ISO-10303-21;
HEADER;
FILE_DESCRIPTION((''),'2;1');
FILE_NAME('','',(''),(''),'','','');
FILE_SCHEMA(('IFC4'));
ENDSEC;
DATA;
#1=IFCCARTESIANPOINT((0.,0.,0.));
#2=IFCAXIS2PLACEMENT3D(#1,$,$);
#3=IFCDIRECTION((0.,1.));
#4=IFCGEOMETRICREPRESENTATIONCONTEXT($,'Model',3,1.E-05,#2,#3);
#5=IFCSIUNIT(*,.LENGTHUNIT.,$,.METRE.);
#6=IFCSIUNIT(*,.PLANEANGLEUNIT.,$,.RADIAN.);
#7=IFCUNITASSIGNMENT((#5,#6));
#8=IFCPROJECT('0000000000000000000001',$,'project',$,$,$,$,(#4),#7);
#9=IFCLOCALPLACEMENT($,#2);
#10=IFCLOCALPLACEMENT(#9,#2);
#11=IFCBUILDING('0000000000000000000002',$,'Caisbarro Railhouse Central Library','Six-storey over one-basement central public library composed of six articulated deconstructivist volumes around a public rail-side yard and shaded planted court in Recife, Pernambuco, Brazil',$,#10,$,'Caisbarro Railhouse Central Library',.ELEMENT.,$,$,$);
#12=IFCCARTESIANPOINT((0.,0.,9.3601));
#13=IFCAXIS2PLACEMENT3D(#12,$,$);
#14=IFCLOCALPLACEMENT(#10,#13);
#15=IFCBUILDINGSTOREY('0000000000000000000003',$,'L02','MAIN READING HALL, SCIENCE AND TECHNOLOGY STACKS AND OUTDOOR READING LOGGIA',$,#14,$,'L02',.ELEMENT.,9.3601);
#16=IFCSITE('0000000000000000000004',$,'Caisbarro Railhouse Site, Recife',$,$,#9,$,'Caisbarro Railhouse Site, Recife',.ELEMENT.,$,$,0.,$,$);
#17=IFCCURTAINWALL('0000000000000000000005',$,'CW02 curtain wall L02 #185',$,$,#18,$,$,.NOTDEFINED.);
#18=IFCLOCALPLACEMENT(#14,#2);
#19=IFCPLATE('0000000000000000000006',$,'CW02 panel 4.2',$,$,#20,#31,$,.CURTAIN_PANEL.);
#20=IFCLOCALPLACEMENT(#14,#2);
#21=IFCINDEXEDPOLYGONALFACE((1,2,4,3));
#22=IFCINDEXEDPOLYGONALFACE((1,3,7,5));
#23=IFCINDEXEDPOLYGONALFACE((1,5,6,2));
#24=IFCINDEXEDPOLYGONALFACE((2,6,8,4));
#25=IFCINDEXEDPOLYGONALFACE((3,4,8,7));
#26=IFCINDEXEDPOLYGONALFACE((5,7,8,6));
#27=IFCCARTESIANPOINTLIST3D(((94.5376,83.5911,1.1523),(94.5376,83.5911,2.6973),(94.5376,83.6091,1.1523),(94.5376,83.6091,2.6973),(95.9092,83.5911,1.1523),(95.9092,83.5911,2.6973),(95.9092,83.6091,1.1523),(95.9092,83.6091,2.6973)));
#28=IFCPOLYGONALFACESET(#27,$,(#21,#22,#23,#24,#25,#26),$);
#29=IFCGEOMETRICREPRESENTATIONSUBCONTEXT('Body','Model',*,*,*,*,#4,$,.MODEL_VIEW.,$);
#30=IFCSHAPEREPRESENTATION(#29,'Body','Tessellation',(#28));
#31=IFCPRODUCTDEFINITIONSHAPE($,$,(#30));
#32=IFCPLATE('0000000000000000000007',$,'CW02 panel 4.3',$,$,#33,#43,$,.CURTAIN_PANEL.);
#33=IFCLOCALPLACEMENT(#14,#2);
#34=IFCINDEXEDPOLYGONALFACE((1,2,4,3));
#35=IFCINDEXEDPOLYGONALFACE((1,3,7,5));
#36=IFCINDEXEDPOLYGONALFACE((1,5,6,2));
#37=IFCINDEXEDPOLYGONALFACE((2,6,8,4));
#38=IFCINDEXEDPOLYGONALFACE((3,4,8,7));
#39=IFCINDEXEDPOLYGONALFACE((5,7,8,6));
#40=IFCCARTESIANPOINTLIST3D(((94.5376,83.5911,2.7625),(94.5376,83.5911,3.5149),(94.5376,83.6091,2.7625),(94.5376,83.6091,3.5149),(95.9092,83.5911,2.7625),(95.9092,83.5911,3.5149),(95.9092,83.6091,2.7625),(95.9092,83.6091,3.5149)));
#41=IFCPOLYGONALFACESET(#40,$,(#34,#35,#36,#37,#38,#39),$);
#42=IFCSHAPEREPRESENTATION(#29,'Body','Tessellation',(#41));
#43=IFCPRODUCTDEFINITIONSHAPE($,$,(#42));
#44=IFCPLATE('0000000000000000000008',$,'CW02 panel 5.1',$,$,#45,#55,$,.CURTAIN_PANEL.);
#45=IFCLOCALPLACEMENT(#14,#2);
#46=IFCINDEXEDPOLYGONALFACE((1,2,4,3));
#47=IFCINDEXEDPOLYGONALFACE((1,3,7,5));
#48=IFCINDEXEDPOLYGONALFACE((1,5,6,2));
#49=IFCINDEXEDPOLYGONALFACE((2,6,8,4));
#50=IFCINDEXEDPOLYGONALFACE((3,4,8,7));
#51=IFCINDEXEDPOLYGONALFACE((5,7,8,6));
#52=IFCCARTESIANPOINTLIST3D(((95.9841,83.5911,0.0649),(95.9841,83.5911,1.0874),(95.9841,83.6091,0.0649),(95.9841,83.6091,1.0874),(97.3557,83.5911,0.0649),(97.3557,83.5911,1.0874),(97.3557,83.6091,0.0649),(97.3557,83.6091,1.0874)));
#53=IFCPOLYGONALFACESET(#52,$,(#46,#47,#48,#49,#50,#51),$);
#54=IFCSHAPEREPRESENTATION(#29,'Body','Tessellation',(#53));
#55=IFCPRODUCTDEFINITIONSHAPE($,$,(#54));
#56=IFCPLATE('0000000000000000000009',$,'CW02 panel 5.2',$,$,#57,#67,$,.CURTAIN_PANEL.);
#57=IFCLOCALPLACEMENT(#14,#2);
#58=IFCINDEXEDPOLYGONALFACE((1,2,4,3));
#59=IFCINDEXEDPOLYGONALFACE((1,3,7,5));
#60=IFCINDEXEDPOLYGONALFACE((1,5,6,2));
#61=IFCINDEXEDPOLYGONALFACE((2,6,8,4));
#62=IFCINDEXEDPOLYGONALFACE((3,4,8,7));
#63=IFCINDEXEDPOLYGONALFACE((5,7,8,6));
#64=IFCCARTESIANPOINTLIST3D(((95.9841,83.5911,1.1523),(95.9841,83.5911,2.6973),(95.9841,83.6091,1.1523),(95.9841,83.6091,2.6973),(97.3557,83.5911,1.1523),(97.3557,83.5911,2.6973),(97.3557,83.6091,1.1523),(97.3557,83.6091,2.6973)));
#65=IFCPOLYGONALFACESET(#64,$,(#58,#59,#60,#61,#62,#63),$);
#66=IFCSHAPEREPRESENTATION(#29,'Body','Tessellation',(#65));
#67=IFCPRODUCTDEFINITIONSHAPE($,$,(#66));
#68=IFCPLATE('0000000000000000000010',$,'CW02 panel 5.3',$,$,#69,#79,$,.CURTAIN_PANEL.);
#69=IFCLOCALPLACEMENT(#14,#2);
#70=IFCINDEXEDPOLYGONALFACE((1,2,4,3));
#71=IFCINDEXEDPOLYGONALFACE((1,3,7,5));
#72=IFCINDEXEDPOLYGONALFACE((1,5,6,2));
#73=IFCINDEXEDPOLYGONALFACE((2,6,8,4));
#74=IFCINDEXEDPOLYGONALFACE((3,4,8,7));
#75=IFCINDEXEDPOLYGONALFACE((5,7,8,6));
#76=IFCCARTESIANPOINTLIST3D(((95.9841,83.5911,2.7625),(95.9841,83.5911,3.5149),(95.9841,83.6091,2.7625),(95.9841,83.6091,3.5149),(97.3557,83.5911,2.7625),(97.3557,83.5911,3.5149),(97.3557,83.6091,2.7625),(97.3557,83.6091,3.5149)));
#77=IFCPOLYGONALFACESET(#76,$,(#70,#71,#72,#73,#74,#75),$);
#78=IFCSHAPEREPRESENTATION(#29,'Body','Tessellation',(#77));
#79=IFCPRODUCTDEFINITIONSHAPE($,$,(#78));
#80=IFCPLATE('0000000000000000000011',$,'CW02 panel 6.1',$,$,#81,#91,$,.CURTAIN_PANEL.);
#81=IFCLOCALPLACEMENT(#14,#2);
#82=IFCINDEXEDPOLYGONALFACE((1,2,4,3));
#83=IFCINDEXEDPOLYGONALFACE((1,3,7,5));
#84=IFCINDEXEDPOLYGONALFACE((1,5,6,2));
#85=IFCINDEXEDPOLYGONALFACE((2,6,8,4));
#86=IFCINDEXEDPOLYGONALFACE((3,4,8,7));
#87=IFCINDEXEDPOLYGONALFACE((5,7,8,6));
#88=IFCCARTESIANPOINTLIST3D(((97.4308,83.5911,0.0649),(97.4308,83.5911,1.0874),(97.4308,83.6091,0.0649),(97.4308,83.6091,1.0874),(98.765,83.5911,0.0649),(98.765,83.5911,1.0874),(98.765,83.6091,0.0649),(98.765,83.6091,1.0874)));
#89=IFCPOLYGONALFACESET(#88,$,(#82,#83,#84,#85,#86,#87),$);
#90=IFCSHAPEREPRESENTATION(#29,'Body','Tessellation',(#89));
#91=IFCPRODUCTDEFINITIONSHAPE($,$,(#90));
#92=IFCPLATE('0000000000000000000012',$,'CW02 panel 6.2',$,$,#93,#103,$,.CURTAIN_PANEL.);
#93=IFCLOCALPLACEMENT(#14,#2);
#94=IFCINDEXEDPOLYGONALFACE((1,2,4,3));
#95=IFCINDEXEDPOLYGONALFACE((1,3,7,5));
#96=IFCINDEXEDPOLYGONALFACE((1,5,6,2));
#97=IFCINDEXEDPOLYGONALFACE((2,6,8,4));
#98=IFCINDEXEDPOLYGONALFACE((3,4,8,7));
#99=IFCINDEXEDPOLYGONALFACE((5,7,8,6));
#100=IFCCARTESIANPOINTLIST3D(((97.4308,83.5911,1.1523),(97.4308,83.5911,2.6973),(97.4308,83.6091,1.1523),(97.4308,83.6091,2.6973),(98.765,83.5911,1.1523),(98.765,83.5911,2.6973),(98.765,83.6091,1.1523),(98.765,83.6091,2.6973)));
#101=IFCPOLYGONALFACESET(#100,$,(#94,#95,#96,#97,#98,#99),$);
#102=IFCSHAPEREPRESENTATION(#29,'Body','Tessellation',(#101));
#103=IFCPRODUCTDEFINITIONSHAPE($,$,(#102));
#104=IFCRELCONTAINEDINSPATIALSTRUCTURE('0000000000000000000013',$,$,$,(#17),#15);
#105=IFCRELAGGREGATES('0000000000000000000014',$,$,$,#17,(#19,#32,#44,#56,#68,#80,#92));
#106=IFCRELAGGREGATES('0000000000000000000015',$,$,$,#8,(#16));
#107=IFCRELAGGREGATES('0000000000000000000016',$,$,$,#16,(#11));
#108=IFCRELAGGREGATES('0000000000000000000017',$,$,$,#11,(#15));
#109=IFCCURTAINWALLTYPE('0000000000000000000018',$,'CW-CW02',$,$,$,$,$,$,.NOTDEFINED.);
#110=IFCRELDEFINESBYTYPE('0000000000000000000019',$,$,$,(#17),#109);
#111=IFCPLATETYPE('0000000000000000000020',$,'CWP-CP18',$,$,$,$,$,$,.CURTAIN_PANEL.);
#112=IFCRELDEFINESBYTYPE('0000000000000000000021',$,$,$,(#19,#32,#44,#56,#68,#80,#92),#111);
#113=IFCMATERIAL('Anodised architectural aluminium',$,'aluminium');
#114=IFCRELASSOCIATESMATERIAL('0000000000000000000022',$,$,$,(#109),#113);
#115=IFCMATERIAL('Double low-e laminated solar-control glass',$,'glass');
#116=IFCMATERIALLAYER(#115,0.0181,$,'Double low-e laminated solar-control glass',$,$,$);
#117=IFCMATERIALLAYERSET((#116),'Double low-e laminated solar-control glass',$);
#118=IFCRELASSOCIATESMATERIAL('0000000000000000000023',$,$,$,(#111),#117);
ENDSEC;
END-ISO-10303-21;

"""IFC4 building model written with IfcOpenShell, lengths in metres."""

from ifc_helpers import new_model, si_unit, direction, frame, origin, origin_2d, place, context, subcontext, project, spatial, rectangle, extrude, material, layer, layer_set, type_object, element, aggregate, save


model = new_model("IFC4")

# Units and contexts
model_context = context("Model", 3, precision=1e-05, world=origin(), true_north=direction((0.0, 1.0)))
body_context = subcontext(model_context, "Body", "Model", "MODEL_VIEW")
ifc_project = project(units=[si_unit("LENGTHUNIT", "METRE"), si_unit("PLANEANGLEUNIT", "RADIAN")], contexts=[model_context])

# Site, building, storey
site_placement = place(None, origin())
site = spatial("IfcSite", under=ifc_project, at=site_placement, Name="Caisbarro Railhouse Site, Recife", LongName="Caisbarro Railhouse Site, Recife", CompositionType="ELEMENT", RefElevation=0.0)
building_placement = place(site_placement, origin())
building = spatial("IfcBuilding", under=site, at=building_placement, Name="Caisbarro Railhouse Central Library", Description="Six-storey over one-basement central public library composed of six articulated deconstructivist volumes around a public rail-side yard and shaded planted court in Recife, Pernambuco, Brazil", LongName="Caisbarro Railhouse Central Library", CompositionType="ELEMENT")
storey_placement = place(building_placement, frame((0.0, 0.0, 9.3601)))
storey = spatial("IfcBuildingStorey", under=building, at=storey_placement, Name="L02", Description="MAIN READING HALL, SCIENCE AND TECHNOLOGY STACKS AND OUTDOOR READING LOGGIA", LongName="L02", CompositionType="ELEMENT", Elevation=9.3601)

# Curtain wall, plates
ifc_material_1 = material(Name="Anodised architectural aluminium", Category="aluminium")
curtain_wall_type = type_object("IfcCurtainWallType", Name="CW-CW02", PredefinedType="NOTDEFINED", material=ifc_material_1)
curtain_wall_placement = place(storey_placement, origin())
curtain_wall = element("IfcCurtainWall", 1, at=curtain_wall_placement, inside=storey, type_object=curtain_wall_type, Name="CW02 curtain wall L02 #185", PredefinedType="NOTDEFINED")
ifc_material_2 = material(Name="Double low-e laminated solar-control glass", Category="glass")
ifc_layer = layer(ifc_material_2, 0.0181, Name="Double low-e laminated solar-control glass")
ifc_layer_set = layer_set([ifc_layer], Name="Double low-e laminated solar-control glass")
plate_type = type_object("IfcPlateType", Name="CWP-CP18", PredefinedType="CURTAIN_PANEL", material=ifc_layer_set)
plate_1_placement = place(storey_placement, frame((95.2234, 83.6001, 1.1523), z_axis=(0.0, 0.0, 1.0), x_axis=(1.0, 0.0, 0.0)))
plate_1 = element("IfcPlate", 2, at=plate_1_placement, type_object=plate_type, Name="CW02 panel 4.2", PredefinedType="CURTAIN_PANEL", context=body_context, shape_type="SweptSolid", body=[
    extrude(rectangle(XDim=1.3716, YDim=0.0181, at=origin_2d()), origin(), (0.0, 0.0, 1.0), 1.5449),
])
plate_2_placement = place(storey_placement, frame((95.2234, 83.6001, 2.7625), z_axis=(0.0, 0.0, 1.0), x_axis=(1.0, 0.0, 0.0)))
plate_2 = element("IfcPlate", 3, at=plate_2_placement, type_object=plate_type, Name="CW02 panel 4.3", PredefinedType="CURTAIN_PANEL", context=body_context, shape_type="SweptSolid", body=[
    extrude(rectangle(XDim=1.3716, YDim=0.0181, at=origin_2d()), origin(), (0.0, 0.0, 1.0), 0.7524),
])
plate_3_placement = place(storey_placement, frame((96.6699, 83.6001, 0.0649), z_axis=(0.0, 0.0, 1.0), x_axis=(1.0, 0.0, 0.0)))
plate_3 = element("IfcPlate", 4, at=plate_3_placement, type_object=plate_type, Name="CW02 panel 5.1", PredefinedType="CURTAIN_PANEL", context=body_context, shape_type="SweptSolid", body=[
    extrude(rectangle(XDim=1.3716, YDim=0.0181, at=origin_2d()), origin(), (0.0, 0.0, 1.0), 1.0225),
])
plate_4_placement = place(storey_placement, frame((96.6699, 83.6001, 1.1523), z_axis=(0.0, 0.0, 1.0), x_axis=(1.0, 0.0, 0.0)))
plate_4 = element("IfcPlate", 5, at=plate_4_placement, type_object=plate_type, Name="CW02 panel 5.2", PredefinedType="CURTAIN_PANEL", context=body_context, shape_type="SweptSolid", body=[
    extrude(rectangle(XDim=1.3716, YDim=0.0181, at=origin_2d()), origin(), (0.0, 0.0, 1.0), 1.5449),
])
plate_5_placement = place(storey_placement, frame((96.6699, 83.6001, 2.7625), z_axis=(0.0, 0.0, 1.0), x_axis=(1.0, 0.0, 0.0)))
plate_5 = element("IfcPlate", 6, at=plate_5_placement, type_object=plate_type, Name="CW02 panel 5.3", PredefinedType="CURTAIN_PANEL", context=body_context, shape_type="SweptSolid", body=[
    extrude(rectangle(XDim=1.3716, YDim=0.0181, at=origin_2d()), origin(), (0.0, 0.0, 1.0), 0.7524),
])
plate_6_placement = place(storey_placement, frame((98.0979, 83.6001, 0.0649), z_axis=(0.0, 0.0, 1.0), x_axis=(1.0, 0.0, 0.0)))
plate_6 = element("IfcPlate", 7, at=plate_6_placement, type_object=plate_type, Name="CW02 panel 6.1", PredefinedType="CURTAIN_PANEL", context=body_context, shape_type="SweptSolid", body=[
    extrude(rectangle(XDim=1.3342, YDim=0.0181, at=origin_2d()), origin(), (0.0, 0.0, 1.0), 1.0225),
])
plate_7_placement = place(storey_placement, frame((98.0979, 83.6001, 1.1523), z_axis=(0.0, 0.0, 1.0), x_axis=(1.0, 0.0, 0.0)))
plate_7 = element("IfcPlate", 8, at=plate_7_placement, type_object=plate_type, Name="CW02 panel 6.2", PredefinedType="CURTAIN_PANEL", context=body_context, shape_type="SweptSolid", body=[
    extrude(rectangle(XDim=1.3342, YDim=0.0181, at=origin_2d()), origin(), (0.0, 0.0, 1.0), 1.5449),
])
aggregate(curtain_wall, [plate_1, plate_2, plate_3, plate_4, plate_5, plate_6, plate_7])

save(model, "model.ifc")
